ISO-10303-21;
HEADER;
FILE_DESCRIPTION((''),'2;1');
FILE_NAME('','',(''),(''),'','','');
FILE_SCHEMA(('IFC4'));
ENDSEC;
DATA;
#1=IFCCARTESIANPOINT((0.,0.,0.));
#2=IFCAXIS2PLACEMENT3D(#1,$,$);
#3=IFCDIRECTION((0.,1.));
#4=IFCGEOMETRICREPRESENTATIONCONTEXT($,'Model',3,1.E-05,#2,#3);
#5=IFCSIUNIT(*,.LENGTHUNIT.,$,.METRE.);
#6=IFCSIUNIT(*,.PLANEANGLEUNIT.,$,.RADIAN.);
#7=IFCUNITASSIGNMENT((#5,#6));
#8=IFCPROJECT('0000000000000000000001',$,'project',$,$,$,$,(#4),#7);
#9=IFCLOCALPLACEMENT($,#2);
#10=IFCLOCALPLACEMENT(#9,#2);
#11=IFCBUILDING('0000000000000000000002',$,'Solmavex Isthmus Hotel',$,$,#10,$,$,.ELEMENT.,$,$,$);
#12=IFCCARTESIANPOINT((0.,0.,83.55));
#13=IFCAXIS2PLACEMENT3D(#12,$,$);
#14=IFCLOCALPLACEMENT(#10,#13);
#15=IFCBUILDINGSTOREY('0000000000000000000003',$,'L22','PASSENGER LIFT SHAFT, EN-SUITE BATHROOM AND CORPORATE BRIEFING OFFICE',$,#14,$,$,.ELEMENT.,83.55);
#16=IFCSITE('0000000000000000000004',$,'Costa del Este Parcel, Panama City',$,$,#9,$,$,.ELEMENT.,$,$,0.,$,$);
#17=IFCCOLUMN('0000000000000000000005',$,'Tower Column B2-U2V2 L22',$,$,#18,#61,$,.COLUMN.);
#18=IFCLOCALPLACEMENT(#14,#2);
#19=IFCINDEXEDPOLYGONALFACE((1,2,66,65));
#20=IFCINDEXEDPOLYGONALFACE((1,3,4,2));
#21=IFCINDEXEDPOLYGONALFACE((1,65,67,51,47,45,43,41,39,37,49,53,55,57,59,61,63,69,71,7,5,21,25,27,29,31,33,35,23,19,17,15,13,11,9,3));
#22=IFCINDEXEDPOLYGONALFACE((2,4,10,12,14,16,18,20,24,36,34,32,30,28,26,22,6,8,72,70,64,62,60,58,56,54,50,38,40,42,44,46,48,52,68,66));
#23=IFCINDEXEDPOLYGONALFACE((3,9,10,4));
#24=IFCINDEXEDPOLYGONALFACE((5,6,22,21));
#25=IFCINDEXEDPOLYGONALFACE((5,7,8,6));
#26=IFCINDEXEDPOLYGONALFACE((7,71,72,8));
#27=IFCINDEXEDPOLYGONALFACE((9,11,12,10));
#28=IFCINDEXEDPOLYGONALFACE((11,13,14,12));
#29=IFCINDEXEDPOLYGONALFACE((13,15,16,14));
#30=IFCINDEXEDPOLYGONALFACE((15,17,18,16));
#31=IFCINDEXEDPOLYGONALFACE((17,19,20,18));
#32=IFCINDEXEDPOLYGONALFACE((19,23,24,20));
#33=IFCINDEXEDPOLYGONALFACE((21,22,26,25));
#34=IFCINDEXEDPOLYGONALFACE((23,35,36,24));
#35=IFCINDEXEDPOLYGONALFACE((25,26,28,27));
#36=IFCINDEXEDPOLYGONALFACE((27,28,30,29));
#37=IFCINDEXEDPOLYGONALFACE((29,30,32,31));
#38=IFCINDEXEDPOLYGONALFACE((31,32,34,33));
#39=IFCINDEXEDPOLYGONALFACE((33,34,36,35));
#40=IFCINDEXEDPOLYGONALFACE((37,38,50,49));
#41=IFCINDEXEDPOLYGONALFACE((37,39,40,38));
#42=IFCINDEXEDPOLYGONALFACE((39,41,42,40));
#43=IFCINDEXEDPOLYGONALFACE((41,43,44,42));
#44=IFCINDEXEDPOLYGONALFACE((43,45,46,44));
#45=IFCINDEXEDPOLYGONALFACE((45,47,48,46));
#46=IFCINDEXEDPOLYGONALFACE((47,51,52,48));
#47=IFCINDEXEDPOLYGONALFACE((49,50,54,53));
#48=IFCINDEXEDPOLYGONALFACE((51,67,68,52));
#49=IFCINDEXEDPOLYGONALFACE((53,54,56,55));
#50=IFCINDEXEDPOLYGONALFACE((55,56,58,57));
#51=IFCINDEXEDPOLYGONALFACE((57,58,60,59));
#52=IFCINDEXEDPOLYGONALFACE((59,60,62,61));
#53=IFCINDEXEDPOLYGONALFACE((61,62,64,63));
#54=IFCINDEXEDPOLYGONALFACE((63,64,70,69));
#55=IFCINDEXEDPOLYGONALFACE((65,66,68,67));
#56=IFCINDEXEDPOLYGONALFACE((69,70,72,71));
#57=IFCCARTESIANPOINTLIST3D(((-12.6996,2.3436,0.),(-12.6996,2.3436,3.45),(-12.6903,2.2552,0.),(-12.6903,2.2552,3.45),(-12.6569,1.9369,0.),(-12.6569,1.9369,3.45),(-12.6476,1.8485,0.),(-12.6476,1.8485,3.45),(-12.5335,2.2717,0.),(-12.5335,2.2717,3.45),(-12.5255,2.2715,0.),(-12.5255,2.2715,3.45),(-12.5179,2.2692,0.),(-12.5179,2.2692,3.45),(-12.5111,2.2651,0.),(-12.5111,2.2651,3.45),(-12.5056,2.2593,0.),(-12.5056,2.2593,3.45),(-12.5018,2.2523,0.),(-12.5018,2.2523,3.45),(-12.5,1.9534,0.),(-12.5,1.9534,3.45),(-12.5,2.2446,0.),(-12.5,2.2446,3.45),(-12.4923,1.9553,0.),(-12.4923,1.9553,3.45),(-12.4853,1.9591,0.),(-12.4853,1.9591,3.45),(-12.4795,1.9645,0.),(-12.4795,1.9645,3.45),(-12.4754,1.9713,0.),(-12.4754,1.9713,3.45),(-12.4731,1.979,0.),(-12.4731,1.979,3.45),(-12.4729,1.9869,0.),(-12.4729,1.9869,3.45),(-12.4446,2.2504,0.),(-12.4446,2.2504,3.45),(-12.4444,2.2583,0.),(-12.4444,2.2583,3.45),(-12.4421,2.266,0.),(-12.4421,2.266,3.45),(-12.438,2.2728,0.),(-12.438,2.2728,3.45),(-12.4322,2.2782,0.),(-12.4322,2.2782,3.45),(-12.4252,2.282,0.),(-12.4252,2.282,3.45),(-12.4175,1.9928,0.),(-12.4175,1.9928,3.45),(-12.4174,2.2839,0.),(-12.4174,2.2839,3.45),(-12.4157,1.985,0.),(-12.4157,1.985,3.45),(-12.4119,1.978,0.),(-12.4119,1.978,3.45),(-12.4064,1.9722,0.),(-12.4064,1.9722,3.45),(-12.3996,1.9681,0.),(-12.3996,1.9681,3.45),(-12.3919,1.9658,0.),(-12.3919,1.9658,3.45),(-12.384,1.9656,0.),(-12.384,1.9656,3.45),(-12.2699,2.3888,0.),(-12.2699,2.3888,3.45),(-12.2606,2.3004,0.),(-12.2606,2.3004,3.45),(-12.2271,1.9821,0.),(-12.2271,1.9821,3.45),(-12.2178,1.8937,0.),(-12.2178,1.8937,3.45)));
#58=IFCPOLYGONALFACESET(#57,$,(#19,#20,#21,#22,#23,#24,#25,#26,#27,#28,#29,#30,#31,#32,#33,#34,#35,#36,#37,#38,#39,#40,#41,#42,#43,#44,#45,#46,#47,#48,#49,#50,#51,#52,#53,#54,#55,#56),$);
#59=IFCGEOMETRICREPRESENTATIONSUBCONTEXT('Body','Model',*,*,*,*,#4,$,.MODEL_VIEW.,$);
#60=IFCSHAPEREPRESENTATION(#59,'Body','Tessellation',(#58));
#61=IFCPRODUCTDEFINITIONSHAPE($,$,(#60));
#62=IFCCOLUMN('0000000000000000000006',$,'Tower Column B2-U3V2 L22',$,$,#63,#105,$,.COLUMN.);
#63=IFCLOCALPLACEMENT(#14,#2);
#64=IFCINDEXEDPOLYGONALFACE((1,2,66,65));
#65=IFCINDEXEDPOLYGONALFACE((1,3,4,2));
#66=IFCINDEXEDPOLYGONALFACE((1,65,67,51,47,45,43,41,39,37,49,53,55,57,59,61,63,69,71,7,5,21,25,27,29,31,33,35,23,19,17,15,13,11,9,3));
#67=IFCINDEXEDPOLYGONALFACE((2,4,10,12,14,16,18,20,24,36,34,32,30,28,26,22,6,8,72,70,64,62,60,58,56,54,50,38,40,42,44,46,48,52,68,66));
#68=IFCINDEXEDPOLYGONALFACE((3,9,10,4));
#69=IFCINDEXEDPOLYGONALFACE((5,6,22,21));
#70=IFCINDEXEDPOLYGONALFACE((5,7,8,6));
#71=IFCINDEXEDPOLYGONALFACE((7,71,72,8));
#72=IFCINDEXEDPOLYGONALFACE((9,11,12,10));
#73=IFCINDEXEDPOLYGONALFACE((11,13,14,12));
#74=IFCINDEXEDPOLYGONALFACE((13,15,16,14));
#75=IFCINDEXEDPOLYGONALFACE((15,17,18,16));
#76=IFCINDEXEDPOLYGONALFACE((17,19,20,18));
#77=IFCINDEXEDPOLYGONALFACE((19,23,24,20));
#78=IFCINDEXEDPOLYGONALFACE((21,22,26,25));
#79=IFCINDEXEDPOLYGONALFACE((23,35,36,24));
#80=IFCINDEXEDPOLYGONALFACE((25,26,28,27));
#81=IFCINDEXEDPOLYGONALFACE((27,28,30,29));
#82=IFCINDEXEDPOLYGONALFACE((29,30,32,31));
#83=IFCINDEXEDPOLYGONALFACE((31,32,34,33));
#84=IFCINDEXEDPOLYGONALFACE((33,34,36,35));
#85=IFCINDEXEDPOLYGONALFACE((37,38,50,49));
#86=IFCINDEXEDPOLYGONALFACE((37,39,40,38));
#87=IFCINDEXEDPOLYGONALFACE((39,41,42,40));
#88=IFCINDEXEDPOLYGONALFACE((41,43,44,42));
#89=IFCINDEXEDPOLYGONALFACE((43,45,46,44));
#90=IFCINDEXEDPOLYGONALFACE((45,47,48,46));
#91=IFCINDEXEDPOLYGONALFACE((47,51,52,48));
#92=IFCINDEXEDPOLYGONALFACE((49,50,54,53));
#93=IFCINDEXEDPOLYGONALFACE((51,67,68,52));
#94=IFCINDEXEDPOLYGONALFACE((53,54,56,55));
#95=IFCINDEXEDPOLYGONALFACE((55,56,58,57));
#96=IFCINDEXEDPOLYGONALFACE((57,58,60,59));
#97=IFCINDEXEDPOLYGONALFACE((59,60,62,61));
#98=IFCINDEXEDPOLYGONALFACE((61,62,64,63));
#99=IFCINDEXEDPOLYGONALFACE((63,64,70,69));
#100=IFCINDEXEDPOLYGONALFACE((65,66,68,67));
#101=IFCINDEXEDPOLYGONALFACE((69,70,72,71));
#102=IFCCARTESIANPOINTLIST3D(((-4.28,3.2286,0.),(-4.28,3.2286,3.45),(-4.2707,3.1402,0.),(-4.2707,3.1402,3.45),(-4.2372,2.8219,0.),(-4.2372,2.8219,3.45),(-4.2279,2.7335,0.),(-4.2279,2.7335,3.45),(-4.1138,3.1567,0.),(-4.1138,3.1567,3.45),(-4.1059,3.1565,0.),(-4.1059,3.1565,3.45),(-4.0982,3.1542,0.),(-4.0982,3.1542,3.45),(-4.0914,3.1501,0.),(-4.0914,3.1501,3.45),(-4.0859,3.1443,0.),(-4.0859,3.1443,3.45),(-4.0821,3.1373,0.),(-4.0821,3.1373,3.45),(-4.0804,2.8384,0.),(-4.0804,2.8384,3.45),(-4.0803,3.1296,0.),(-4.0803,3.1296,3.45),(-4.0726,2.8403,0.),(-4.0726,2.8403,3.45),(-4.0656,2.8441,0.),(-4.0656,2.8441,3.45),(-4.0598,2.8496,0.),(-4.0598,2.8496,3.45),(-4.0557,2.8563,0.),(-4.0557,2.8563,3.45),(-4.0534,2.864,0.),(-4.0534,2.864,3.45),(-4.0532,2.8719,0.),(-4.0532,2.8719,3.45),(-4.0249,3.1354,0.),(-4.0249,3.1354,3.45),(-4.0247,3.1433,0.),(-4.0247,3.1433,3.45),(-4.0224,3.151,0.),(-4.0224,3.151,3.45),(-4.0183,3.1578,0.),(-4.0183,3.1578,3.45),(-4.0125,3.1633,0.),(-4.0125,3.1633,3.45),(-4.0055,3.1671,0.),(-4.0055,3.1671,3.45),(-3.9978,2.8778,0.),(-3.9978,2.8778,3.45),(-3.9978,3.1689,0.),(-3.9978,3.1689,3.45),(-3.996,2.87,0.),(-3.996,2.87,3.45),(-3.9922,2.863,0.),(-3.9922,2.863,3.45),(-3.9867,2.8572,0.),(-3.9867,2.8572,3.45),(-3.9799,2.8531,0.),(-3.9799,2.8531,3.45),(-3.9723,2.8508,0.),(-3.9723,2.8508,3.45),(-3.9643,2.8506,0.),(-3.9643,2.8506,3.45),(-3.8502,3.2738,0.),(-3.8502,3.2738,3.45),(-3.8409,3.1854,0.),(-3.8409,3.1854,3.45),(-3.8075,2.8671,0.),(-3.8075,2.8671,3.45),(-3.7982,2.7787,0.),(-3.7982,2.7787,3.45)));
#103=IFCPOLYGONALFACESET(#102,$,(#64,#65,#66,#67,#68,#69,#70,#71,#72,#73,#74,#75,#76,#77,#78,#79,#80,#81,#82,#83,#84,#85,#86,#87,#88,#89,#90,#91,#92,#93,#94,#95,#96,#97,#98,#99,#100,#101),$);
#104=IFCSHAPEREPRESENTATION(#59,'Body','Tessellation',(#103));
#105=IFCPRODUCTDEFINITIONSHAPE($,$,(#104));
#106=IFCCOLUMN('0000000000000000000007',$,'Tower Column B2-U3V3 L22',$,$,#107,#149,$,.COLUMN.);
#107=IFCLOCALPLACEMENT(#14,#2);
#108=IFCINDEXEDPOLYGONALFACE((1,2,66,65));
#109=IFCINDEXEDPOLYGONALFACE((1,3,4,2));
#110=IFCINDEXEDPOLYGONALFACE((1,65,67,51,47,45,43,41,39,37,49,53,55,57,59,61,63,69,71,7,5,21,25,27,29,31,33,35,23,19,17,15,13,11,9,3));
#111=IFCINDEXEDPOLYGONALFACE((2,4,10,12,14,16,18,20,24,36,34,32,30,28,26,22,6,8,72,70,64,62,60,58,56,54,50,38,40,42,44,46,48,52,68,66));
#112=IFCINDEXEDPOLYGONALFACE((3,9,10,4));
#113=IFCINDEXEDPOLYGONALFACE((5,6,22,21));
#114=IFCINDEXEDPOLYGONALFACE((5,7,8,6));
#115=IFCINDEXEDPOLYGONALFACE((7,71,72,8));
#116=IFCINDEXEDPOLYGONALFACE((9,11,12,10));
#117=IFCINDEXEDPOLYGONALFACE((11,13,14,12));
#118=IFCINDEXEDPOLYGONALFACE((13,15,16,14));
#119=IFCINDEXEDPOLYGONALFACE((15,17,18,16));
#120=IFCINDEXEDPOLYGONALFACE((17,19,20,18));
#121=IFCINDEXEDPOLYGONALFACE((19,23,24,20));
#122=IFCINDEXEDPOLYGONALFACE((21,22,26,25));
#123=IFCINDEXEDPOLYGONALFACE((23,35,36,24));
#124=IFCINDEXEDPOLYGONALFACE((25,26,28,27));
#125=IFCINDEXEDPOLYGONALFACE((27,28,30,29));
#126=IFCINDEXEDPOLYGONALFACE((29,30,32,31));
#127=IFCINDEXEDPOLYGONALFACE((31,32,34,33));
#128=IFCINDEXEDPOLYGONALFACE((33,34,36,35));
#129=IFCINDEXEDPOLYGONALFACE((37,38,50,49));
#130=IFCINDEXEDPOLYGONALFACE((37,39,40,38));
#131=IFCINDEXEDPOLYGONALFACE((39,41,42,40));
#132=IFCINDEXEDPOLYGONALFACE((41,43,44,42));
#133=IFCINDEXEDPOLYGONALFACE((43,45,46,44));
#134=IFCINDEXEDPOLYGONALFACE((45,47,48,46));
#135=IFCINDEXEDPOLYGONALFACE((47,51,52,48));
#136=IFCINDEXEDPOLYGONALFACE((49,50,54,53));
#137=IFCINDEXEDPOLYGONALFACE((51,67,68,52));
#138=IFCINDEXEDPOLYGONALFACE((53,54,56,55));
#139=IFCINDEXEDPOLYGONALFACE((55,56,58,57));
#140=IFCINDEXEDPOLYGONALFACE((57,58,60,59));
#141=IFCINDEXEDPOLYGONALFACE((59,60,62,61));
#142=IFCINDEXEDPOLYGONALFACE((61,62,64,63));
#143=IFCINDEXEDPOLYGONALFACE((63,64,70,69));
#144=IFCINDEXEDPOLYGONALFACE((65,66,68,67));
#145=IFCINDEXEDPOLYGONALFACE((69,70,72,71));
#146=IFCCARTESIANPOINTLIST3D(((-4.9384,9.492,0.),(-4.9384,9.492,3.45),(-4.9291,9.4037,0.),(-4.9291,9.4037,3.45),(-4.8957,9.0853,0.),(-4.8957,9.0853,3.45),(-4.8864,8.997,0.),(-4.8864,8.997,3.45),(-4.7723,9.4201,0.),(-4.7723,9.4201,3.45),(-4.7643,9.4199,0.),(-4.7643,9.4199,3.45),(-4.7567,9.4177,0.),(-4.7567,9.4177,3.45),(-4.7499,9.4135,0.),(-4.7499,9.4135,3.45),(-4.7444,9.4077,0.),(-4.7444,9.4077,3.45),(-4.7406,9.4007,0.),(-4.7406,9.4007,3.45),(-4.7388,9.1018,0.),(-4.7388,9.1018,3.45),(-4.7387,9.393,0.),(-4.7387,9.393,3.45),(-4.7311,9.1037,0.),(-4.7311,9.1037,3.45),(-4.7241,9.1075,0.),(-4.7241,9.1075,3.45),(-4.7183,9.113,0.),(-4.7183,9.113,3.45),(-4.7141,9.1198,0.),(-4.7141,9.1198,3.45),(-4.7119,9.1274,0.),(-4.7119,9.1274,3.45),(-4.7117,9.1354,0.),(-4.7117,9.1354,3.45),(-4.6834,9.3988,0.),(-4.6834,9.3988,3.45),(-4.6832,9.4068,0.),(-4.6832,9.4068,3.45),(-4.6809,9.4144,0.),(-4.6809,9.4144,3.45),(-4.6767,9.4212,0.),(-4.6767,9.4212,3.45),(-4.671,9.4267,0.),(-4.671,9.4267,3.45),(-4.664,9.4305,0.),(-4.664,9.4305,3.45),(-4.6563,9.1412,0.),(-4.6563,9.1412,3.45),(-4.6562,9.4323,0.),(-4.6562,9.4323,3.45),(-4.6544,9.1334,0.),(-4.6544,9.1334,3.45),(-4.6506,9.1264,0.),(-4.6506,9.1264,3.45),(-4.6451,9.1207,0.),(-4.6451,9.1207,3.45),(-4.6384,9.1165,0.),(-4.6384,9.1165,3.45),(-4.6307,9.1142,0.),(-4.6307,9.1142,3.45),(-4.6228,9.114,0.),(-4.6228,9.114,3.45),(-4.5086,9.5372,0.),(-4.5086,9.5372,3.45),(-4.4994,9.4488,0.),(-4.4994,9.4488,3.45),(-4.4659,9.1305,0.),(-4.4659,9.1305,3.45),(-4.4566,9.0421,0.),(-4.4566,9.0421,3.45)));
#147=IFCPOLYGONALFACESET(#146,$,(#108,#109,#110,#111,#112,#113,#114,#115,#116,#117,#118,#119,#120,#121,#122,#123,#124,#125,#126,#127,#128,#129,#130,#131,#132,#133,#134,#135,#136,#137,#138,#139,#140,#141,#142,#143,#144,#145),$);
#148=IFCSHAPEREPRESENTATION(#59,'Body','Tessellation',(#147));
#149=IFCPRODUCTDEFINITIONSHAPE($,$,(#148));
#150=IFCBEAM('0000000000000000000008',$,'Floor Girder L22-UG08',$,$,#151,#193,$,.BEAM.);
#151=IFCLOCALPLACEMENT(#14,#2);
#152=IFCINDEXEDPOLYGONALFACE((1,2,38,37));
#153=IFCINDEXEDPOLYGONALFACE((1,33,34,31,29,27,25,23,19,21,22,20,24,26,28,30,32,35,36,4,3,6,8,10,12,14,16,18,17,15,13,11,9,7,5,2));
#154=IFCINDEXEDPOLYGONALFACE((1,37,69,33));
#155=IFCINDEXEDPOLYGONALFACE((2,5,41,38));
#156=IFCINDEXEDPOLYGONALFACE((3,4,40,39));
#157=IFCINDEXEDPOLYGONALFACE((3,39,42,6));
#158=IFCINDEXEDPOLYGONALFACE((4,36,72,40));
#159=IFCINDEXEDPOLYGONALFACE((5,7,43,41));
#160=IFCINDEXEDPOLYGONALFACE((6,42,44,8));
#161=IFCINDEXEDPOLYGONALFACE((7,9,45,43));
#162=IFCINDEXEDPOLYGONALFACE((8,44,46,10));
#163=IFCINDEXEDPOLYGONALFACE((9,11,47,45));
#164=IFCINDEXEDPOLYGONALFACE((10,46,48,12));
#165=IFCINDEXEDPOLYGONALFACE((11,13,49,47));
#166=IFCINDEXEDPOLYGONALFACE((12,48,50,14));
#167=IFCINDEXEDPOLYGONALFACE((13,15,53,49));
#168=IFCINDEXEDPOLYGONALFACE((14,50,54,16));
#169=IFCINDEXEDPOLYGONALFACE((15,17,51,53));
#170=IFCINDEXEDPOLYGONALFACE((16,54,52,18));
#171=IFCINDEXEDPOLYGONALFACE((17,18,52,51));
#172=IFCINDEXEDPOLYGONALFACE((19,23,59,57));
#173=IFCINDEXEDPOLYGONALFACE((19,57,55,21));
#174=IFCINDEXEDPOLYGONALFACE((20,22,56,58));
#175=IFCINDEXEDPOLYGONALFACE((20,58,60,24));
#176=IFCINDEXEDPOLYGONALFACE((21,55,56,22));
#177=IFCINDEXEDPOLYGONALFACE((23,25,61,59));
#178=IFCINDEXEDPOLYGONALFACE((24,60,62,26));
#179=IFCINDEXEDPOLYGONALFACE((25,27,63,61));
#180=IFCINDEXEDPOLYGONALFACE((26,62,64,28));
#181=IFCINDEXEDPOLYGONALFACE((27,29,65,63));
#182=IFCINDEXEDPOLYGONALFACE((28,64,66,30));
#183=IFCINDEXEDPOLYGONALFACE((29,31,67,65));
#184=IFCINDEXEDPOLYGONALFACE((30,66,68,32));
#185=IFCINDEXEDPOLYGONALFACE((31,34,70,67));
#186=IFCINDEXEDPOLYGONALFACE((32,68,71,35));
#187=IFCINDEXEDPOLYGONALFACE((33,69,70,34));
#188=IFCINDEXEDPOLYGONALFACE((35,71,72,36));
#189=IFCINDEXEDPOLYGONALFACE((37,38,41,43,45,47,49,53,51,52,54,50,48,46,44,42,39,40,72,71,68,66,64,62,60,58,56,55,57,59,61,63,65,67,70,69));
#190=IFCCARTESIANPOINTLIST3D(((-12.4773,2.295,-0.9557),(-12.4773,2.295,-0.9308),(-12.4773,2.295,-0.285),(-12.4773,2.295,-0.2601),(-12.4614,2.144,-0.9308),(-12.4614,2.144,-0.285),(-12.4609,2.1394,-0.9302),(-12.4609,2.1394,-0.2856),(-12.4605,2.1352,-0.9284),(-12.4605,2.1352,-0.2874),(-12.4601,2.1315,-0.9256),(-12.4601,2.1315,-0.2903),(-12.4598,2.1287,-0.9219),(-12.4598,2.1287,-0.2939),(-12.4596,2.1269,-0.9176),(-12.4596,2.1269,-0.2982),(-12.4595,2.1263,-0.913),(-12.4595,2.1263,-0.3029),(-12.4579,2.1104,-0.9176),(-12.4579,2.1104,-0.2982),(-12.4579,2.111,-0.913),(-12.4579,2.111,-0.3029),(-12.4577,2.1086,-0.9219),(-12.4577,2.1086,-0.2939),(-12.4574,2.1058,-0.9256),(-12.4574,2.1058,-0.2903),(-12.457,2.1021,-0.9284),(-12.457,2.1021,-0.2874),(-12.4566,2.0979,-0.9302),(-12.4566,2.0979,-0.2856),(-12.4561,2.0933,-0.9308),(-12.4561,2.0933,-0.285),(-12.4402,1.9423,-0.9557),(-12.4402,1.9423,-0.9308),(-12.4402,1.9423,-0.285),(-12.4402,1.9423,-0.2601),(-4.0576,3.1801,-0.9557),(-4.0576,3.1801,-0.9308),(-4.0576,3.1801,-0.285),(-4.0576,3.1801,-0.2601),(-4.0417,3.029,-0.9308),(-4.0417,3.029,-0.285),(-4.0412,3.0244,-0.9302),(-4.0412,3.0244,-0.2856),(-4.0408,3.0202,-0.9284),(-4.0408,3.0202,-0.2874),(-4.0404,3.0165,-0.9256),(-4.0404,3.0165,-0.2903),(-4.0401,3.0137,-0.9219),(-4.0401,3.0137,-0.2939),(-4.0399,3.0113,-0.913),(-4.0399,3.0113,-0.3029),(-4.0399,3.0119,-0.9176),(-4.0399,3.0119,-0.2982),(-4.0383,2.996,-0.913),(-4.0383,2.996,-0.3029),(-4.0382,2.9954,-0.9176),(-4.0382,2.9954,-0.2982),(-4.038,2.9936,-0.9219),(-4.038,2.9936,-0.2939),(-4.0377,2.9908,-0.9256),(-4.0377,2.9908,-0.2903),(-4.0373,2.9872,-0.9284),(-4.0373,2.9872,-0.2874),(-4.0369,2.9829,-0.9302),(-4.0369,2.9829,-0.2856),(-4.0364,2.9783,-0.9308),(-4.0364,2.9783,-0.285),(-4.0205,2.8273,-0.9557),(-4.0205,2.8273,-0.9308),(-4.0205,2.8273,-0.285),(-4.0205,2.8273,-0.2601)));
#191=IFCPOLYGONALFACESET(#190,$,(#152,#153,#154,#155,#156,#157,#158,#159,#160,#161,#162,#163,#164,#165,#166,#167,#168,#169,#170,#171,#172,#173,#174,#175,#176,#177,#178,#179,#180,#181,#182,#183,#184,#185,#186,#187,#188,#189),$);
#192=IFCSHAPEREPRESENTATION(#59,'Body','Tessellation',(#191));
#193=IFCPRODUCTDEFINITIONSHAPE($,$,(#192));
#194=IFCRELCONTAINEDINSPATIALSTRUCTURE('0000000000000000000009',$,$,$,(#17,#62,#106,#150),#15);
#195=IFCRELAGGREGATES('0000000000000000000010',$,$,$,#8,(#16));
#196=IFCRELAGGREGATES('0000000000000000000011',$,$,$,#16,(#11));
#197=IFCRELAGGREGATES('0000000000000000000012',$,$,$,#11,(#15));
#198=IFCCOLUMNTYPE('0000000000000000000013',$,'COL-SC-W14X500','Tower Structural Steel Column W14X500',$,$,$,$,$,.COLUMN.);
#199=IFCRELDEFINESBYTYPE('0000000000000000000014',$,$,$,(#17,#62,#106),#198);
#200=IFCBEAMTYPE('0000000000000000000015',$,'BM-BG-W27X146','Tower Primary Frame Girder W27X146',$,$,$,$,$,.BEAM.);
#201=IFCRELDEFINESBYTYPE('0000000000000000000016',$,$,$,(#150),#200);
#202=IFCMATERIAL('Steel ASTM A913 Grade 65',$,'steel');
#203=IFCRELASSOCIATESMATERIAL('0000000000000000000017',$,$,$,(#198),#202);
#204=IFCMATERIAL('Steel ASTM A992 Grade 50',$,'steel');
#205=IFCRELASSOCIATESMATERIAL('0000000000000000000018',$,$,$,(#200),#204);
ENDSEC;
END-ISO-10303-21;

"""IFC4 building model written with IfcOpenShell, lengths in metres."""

from ifc_helpers import new_model, si_unit, direction, frame, origin, origin_2d, place, context, subcontext, project, spatial, i_section, extrude, material, material_profile, profile_set, type_object, element, save


model = new_model("IFC4")

# Units and contexts
model_context = context("Model", 3, precision=1e-05, world=origin(), true_north=direction((0.0, 1.0)))
body_context = subcontext(model_context, "Body", "Model", "MODEL_VIEW")
ifc_project = project(units=[si_unit("LENGTHUNIT", "METRE"), si_unit("PLANEANGLEUNIT", "RADIAN")], contexts=[model_context])

# Site, building, storey
site_placement = place(None, origin())
site = spatial("IfcSite", under=ifc_project, at=site_placement, Name="Costa del Este Parcel, Panama City", CompositionType="ELEMENT", RefElevation=0.0)
building_placement = place(site_placement, origin())
building = spatial("IfcBuilding", under=site, at=building_placement, Name="Solmavex Isthmus Hotel", CompositionType="ELEMENT")
storey_placement = place(building_placement, frame((0.0, 0.0, 83.55)))
storey = spatial("IfcBuildingStorey", under=building, at=storey_placement, Name="L22", Description="PASSENGER LIFT SHAFT, EN-SUITE BATHROOM AND CORPORATE BRIEFING OFFICE", CompositionType="ELEMENT", Elevation=83.55)

# Columns
ifc_material_1 = material(Name="Steel ASTM A913 Grade 65", Category="steel")
ifc_material_profile_1 = material_profile(ifc_material_1, i_section(OverallWidth=0.4321, OverallDepth=0.4978, WebThickness=0.0557, FlangeThickness=0.0889, FilletRadius=0.0305, at=origin_2d()), Name="W14X500")
ifc_profile_set_1 = profile_set([ifc_material_profile_1], Name="Steel ASTM A913 Grade 65")
column_type = type_object("IfcColumnType", Name="COL-SC-W14X500", Description="Tower Structural Steel Column W14X500", PredefinedType="COLUMN", material=ifc_profile_set_1)
for number, where, z_axis, x_axis, name in (
    (1, (-12.4587, 2.1187, 0.0), (0.0, 0.0, 1.0), (0.994522, 0.104528, 0.0), "Tower Column B2-U2V2 L22"),
    (2, (-4.0391, 3.0037, 0.0), (0.0, 0.0, 1.0), (0.994522, 0.104528, 0.0), "Tower Column B2-U3V2 L22"),
    (3, (-4.6975, 9.2671, 0.0), (0.0, 0.0, 1.0), (0.994522, 0.104528, 0.0), "Tower Column B2-U3V3 L22"),
):
    element("IfcColumn", number, at=place(storey_placement, frame(where, z_axis=z_axis, x_axis=x_axis)), inside=storey, type_object=column_type, Name=name, PredefinedType="COLUMN", context=body_context, shape_type="SweptSolid", body=[
        extrude(i_section(OverallWidth=0.4321, OverallDepth=0.4978, WebThickness=0.0557, FlangeThickness=0.0889, FilletRadius=0.0305, at=origin_2d()), origin(), (0.0, 0.0, 1.0), 3.45),
    ])

# Beam
ifc_material_2 = material(Name="Steel ASTM A992 Grade 50", Category="steel")
ifc_material_profile_2 = material_profile(ifc_material_2, i_section(OverallWidth=0.3547, OverallDepth=0.6956, WebThickness=0.0154, FlangeThickness=0.0249, FilletRadius=0.0178, at=origin_2d()), Name="W27X146")
ifc_profile_set_2 = profile_set([ifc_material_profile_2], Name="Steel ASTM A992 Grade 50")
beam_type_1 = type_object("IfcBeamType", Name="BM-BG-W27X146", Description="Tower Primary Frame Girder W27X146", PredefinedType="BEAM", material=ifc_profile_set_2)
beam_1_placement = place(storey_placement, frame((-12.4587, 2.1187, -0.6079), z_axis=(0.994521, 0.104536, 0.0), x_axis=(-0.104536, 0.994521, 0.0)))
element("IfcBeam", 4, at=beam_1_placement, inside=storey, type_object=beam_type_1, Name="Floor Girder L22-UG08", PredefinedType="BEAM", context=body_context, shape_type="SweptSolid", body=[
    extrude(i_section(OverallWidth=0.3547, OverallDepth=0.6956, WebThickness=0.0154, FlangeThickness=0.0249, FilletRadius=0.0178, at=origin_2d()), origin(), (0.0, 0.0, 1.0), 8.4661),
])

save(model, "model.ifc")
